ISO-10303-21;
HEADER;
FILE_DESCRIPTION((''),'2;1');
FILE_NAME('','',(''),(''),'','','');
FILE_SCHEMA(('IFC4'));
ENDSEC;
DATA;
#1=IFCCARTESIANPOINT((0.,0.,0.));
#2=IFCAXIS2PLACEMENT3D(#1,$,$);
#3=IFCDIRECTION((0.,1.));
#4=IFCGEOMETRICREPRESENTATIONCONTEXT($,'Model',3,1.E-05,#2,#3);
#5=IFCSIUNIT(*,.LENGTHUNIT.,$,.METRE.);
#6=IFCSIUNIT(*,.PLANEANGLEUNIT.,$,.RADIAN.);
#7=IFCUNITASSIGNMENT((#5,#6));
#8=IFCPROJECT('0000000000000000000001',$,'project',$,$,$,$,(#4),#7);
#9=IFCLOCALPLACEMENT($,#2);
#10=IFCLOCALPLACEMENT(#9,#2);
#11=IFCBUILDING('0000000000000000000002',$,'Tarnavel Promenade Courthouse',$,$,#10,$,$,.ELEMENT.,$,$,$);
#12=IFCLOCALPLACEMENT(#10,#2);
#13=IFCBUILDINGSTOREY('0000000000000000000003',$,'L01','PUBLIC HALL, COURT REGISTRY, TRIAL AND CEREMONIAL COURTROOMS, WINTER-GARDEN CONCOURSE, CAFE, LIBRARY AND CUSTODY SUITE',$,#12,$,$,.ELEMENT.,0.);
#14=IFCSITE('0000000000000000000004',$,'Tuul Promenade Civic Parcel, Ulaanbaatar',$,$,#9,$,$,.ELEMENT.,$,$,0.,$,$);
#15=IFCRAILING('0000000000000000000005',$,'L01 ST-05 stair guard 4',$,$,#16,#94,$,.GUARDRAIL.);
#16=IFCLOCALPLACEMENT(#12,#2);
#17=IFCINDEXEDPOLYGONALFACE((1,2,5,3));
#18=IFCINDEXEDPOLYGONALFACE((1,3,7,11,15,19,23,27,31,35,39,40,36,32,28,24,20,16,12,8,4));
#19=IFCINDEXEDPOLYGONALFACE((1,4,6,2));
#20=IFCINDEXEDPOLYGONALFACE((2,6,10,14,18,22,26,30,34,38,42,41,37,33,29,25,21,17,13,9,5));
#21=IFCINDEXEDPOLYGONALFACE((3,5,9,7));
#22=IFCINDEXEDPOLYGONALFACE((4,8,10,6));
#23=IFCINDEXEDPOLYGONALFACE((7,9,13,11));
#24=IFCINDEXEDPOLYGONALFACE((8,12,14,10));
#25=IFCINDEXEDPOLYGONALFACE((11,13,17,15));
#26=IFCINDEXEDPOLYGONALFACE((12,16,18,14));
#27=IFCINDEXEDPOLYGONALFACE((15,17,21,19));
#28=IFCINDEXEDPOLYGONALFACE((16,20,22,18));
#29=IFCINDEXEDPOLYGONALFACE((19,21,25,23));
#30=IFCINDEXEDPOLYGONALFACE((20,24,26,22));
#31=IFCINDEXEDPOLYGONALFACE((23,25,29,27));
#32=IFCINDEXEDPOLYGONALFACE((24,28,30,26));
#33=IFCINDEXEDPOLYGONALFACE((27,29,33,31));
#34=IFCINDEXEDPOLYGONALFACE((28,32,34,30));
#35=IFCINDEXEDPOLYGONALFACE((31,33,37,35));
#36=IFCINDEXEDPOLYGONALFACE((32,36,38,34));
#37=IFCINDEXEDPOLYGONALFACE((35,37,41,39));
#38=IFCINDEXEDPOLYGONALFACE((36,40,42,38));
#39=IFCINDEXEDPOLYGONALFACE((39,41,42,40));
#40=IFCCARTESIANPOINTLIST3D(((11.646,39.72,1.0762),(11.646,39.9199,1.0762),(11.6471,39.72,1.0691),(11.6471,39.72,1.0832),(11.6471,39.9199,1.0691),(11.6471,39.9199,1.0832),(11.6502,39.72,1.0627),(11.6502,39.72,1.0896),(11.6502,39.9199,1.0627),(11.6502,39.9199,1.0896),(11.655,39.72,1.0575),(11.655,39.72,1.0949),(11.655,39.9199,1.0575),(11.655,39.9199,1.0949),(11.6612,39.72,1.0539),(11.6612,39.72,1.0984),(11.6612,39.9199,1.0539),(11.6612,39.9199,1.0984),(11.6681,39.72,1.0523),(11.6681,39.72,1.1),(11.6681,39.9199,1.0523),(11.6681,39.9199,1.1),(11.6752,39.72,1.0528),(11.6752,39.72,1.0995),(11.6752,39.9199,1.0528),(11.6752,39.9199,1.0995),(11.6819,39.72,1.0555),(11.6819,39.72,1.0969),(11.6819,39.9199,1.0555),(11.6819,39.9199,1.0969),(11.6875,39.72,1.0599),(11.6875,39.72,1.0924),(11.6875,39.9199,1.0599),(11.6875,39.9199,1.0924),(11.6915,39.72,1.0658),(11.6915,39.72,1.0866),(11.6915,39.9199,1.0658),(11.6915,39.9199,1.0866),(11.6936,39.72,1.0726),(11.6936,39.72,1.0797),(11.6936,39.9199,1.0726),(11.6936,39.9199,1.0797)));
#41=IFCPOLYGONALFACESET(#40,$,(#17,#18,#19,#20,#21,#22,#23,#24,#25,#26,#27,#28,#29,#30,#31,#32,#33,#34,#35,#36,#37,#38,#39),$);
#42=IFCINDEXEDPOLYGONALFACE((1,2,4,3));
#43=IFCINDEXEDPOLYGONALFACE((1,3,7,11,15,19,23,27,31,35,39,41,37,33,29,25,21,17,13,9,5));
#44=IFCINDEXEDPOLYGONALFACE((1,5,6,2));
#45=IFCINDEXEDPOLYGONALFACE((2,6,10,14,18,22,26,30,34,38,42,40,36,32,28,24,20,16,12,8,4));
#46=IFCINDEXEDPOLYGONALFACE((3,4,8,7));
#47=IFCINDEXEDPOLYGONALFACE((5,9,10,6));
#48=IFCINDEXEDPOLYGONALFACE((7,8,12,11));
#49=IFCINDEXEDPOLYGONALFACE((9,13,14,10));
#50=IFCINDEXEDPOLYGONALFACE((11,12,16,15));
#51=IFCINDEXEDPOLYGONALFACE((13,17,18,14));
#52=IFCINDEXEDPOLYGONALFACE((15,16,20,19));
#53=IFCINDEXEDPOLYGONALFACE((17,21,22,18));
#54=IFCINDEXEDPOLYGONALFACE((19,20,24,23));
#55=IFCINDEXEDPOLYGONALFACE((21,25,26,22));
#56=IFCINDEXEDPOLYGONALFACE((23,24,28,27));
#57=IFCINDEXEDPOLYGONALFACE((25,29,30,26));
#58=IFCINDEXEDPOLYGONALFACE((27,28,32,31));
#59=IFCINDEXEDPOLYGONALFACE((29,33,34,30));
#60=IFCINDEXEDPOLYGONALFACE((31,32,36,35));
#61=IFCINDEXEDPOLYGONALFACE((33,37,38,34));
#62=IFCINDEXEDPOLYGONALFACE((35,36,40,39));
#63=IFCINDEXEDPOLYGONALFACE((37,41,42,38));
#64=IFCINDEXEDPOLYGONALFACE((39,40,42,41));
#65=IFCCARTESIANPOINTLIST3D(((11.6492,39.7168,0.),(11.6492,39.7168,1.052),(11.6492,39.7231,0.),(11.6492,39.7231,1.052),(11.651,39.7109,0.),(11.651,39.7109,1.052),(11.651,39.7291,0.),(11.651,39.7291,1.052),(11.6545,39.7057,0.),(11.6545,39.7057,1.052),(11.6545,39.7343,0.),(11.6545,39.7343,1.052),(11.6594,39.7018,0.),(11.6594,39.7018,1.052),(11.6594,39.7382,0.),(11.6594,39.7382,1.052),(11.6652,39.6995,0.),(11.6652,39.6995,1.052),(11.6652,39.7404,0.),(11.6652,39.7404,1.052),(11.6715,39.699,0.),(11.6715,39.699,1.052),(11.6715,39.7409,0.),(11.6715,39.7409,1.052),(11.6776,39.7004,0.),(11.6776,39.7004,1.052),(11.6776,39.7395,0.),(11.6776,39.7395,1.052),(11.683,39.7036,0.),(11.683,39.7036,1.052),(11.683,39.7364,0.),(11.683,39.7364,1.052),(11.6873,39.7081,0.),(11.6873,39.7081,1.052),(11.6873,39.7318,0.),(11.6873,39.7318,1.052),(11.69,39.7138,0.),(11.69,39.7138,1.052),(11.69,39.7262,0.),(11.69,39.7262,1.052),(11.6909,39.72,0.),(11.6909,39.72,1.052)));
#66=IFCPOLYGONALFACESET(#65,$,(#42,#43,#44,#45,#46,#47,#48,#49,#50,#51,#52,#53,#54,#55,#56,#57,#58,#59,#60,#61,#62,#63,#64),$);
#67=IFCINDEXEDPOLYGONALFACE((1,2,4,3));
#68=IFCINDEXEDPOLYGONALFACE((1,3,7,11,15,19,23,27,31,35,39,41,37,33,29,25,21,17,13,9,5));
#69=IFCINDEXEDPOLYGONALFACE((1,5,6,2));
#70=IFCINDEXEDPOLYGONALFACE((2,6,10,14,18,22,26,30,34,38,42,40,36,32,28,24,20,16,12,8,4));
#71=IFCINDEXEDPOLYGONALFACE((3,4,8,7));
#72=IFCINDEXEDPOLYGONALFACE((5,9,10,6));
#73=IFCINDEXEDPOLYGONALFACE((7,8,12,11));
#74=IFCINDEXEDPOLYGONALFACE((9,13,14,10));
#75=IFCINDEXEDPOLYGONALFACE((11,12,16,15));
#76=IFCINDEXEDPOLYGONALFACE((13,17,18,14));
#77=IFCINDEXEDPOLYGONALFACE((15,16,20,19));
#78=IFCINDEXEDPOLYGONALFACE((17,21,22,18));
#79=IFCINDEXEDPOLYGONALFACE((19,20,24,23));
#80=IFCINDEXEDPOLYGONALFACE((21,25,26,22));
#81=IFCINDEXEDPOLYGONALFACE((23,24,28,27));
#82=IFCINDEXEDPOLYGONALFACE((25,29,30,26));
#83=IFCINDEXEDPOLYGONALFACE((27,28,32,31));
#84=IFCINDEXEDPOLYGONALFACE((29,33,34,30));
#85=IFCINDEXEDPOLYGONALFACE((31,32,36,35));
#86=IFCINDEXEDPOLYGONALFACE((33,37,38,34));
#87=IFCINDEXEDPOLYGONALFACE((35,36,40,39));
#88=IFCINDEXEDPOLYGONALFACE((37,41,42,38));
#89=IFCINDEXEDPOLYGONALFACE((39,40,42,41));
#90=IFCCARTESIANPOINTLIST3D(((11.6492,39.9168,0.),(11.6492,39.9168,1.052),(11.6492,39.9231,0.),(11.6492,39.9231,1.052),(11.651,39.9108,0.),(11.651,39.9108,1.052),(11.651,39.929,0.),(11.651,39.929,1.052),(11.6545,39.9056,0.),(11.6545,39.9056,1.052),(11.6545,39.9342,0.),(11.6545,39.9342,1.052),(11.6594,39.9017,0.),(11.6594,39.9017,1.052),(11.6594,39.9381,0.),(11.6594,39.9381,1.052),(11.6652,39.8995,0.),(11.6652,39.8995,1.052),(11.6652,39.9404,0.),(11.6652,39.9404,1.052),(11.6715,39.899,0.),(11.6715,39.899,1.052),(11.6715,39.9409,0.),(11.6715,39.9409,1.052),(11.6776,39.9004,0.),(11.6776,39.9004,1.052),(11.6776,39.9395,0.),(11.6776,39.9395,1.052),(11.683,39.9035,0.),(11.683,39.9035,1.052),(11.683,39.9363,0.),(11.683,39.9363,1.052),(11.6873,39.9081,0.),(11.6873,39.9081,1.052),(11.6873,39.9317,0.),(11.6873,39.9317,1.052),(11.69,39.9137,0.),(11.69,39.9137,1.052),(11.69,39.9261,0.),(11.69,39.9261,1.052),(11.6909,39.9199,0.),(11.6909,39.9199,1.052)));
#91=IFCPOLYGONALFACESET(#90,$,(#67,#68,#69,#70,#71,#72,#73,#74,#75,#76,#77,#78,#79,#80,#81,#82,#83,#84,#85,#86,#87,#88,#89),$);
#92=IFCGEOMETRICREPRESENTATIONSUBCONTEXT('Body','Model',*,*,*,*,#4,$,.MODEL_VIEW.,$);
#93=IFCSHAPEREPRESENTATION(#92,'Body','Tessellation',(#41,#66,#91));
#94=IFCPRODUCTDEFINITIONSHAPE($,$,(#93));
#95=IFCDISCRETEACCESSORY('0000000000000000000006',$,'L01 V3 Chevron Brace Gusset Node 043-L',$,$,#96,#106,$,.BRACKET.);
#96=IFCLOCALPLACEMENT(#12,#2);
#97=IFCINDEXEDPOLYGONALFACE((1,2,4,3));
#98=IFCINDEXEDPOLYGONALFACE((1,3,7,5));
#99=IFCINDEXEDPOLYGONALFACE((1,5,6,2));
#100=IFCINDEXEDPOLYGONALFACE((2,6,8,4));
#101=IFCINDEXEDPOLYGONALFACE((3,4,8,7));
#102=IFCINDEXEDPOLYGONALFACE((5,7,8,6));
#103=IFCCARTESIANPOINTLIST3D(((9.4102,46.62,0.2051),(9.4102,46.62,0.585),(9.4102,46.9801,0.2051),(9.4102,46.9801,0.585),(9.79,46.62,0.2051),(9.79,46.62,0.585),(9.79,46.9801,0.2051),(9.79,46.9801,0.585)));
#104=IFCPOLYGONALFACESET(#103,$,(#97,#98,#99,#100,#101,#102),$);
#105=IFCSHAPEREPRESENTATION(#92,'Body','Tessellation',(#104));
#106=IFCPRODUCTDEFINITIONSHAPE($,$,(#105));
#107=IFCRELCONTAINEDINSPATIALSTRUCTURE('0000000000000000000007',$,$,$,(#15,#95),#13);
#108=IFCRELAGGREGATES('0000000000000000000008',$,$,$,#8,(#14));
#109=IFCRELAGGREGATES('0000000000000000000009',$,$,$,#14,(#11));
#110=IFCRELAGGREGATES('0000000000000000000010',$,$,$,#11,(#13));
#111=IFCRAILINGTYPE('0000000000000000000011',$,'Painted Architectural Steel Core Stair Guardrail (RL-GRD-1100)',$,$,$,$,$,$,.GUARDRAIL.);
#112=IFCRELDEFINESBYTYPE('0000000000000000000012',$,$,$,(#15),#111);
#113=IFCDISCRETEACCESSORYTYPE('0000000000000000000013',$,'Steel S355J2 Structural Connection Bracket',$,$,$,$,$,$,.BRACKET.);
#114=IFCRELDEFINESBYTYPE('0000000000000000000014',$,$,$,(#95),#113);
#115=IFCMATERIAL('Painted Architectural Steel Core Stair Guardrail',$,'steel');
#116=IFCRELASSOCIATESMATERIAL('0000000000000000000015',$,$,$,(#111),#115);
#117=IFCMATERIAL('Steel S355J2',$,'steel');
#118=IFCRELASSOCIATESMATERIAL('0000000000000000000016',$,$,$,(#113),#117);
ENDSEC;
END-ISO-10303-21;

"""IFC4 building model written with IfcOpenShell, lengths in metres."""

from ifc_helpers import new_model, si_unit, direction, frame, origin, origin_2d, place, context, subcontext, project, spatial, rectangle, circle, extrude, material, type_object, element, save


model = new_model("IFC4")

# Units and contexts
model_context = context("Model", 3, precision=1e-05, world=origin(), true_north=direction((0.0, 1.0)))
body_context = subcontext(model_context, "Body", "Model", "MODEL_VIEW")
ifc_project = project(units=[si_unit("LENGTHUNIT", "METRE"), si_unit("PLANEANGLEUNIT", "RADIAN")], contexts=[model_context])

# Site, building, storey
site_placement = place(None, origin())
site = spatial("IfcSite", under=ifc_project, at=site_placement, Name="Tuul Promenade Civic Parcel, Ulaanbaatar", CompositionType="ELEMENT", RefElevation=0.0)
building_placement = place(site_placement, origin())
building = spatial("IfcBuilding", under=site, at=building_placement, Name="Tarnavel Promenade Courthouse", CompositionType="ELEMENT")
storey_placement = place(building_placement, origin())
storey = spatial("IfcBuildingStorey", under=building, at=storey_placement, Name="L01", Description="PUBLIC HALL, COURT REGISTRY, TRIAL AND CEREMONIAL COURTROOMS, WINTER-GARDEN CONCOURSE, CAFE, LIBRARY AND CUSTODY SUITE", CompositionType="ELEMENT", Elevation=0.0)

# Shared definitions
ifc_material_1 = material(Name="Steel S355J2", Category="steel")

# Railing
ifc_material_2 = material(Name="Painted Architectural Steel Core Stair Guardrail", Category="steel")
railing_type_1 = type_object("IfcRailingType", Name="Painted Architectural Steel Core Stair Guardrail (RL-GRD-1100)", PredefinedType="GUARDRAIL", material=ifc_material_2)
railing_1_placement = place(storey_placement, frame((11.6699, 39.72, 0.0)))
element("IfcRailing", 1, at=railing_1_placement, inside=storey, type_object=railing_type_1, Name="L01 ST-05 stair guard 4", PredefinedType="GUARDRAIL", context=body_context, shape_type="SweptSolid", body=[
    extrude(circle(Radius=0.0239, at=origin_2d()), frame((0.0, 0.0, 1.0762), z_axis=(0.0, 1.0, 0.0), x_axis=(-1.0, 0.0, 0.0)), (0.0, 0.0, 1.0), 0.2),
    extrude(circle(Radius=0.021, at=origin_2d()), origin(), (0.0, 0.0, 1.0), 1.052),
    extrude(circle(Radius=0.021, at=origin_2d()), frame((0.0, 0.2, 0.0)), (0.0, 0.0, 1.0), 1.052),
])

# Discrete accessory
discrete_accessory_type = type_object("IfcDiscreteAccessoryType", Name="Steel S355J2 Structural Connection Bracket", PredefinedType="BRACKET", material=ifc_material_1)
discrete_accessory_placement = place(storey_placement, frame((9.6001, 46.8, 0.2051), z_axis=(0.0, 0.0, 1.0), x_axis=(1.0, 0.0, 0.0)))
element("IfcDiscreteAccessory", 2, at=discrete_accessory_placement, inside=storey, type_object=discrete_accessory_type, Name="L01 V3 Chevron Brace Gusset Node 043-L", PredefinedType="BRACKET", context=body_context, shape_type="SweptSolid", body=[
    extrude(rectangle(XDim=0.3799, YDim=0.3601, at=origin_2d()), origin(), (0.0, 0.0, 1.0), 0.3799),
])

save(model, "model.ifc")
